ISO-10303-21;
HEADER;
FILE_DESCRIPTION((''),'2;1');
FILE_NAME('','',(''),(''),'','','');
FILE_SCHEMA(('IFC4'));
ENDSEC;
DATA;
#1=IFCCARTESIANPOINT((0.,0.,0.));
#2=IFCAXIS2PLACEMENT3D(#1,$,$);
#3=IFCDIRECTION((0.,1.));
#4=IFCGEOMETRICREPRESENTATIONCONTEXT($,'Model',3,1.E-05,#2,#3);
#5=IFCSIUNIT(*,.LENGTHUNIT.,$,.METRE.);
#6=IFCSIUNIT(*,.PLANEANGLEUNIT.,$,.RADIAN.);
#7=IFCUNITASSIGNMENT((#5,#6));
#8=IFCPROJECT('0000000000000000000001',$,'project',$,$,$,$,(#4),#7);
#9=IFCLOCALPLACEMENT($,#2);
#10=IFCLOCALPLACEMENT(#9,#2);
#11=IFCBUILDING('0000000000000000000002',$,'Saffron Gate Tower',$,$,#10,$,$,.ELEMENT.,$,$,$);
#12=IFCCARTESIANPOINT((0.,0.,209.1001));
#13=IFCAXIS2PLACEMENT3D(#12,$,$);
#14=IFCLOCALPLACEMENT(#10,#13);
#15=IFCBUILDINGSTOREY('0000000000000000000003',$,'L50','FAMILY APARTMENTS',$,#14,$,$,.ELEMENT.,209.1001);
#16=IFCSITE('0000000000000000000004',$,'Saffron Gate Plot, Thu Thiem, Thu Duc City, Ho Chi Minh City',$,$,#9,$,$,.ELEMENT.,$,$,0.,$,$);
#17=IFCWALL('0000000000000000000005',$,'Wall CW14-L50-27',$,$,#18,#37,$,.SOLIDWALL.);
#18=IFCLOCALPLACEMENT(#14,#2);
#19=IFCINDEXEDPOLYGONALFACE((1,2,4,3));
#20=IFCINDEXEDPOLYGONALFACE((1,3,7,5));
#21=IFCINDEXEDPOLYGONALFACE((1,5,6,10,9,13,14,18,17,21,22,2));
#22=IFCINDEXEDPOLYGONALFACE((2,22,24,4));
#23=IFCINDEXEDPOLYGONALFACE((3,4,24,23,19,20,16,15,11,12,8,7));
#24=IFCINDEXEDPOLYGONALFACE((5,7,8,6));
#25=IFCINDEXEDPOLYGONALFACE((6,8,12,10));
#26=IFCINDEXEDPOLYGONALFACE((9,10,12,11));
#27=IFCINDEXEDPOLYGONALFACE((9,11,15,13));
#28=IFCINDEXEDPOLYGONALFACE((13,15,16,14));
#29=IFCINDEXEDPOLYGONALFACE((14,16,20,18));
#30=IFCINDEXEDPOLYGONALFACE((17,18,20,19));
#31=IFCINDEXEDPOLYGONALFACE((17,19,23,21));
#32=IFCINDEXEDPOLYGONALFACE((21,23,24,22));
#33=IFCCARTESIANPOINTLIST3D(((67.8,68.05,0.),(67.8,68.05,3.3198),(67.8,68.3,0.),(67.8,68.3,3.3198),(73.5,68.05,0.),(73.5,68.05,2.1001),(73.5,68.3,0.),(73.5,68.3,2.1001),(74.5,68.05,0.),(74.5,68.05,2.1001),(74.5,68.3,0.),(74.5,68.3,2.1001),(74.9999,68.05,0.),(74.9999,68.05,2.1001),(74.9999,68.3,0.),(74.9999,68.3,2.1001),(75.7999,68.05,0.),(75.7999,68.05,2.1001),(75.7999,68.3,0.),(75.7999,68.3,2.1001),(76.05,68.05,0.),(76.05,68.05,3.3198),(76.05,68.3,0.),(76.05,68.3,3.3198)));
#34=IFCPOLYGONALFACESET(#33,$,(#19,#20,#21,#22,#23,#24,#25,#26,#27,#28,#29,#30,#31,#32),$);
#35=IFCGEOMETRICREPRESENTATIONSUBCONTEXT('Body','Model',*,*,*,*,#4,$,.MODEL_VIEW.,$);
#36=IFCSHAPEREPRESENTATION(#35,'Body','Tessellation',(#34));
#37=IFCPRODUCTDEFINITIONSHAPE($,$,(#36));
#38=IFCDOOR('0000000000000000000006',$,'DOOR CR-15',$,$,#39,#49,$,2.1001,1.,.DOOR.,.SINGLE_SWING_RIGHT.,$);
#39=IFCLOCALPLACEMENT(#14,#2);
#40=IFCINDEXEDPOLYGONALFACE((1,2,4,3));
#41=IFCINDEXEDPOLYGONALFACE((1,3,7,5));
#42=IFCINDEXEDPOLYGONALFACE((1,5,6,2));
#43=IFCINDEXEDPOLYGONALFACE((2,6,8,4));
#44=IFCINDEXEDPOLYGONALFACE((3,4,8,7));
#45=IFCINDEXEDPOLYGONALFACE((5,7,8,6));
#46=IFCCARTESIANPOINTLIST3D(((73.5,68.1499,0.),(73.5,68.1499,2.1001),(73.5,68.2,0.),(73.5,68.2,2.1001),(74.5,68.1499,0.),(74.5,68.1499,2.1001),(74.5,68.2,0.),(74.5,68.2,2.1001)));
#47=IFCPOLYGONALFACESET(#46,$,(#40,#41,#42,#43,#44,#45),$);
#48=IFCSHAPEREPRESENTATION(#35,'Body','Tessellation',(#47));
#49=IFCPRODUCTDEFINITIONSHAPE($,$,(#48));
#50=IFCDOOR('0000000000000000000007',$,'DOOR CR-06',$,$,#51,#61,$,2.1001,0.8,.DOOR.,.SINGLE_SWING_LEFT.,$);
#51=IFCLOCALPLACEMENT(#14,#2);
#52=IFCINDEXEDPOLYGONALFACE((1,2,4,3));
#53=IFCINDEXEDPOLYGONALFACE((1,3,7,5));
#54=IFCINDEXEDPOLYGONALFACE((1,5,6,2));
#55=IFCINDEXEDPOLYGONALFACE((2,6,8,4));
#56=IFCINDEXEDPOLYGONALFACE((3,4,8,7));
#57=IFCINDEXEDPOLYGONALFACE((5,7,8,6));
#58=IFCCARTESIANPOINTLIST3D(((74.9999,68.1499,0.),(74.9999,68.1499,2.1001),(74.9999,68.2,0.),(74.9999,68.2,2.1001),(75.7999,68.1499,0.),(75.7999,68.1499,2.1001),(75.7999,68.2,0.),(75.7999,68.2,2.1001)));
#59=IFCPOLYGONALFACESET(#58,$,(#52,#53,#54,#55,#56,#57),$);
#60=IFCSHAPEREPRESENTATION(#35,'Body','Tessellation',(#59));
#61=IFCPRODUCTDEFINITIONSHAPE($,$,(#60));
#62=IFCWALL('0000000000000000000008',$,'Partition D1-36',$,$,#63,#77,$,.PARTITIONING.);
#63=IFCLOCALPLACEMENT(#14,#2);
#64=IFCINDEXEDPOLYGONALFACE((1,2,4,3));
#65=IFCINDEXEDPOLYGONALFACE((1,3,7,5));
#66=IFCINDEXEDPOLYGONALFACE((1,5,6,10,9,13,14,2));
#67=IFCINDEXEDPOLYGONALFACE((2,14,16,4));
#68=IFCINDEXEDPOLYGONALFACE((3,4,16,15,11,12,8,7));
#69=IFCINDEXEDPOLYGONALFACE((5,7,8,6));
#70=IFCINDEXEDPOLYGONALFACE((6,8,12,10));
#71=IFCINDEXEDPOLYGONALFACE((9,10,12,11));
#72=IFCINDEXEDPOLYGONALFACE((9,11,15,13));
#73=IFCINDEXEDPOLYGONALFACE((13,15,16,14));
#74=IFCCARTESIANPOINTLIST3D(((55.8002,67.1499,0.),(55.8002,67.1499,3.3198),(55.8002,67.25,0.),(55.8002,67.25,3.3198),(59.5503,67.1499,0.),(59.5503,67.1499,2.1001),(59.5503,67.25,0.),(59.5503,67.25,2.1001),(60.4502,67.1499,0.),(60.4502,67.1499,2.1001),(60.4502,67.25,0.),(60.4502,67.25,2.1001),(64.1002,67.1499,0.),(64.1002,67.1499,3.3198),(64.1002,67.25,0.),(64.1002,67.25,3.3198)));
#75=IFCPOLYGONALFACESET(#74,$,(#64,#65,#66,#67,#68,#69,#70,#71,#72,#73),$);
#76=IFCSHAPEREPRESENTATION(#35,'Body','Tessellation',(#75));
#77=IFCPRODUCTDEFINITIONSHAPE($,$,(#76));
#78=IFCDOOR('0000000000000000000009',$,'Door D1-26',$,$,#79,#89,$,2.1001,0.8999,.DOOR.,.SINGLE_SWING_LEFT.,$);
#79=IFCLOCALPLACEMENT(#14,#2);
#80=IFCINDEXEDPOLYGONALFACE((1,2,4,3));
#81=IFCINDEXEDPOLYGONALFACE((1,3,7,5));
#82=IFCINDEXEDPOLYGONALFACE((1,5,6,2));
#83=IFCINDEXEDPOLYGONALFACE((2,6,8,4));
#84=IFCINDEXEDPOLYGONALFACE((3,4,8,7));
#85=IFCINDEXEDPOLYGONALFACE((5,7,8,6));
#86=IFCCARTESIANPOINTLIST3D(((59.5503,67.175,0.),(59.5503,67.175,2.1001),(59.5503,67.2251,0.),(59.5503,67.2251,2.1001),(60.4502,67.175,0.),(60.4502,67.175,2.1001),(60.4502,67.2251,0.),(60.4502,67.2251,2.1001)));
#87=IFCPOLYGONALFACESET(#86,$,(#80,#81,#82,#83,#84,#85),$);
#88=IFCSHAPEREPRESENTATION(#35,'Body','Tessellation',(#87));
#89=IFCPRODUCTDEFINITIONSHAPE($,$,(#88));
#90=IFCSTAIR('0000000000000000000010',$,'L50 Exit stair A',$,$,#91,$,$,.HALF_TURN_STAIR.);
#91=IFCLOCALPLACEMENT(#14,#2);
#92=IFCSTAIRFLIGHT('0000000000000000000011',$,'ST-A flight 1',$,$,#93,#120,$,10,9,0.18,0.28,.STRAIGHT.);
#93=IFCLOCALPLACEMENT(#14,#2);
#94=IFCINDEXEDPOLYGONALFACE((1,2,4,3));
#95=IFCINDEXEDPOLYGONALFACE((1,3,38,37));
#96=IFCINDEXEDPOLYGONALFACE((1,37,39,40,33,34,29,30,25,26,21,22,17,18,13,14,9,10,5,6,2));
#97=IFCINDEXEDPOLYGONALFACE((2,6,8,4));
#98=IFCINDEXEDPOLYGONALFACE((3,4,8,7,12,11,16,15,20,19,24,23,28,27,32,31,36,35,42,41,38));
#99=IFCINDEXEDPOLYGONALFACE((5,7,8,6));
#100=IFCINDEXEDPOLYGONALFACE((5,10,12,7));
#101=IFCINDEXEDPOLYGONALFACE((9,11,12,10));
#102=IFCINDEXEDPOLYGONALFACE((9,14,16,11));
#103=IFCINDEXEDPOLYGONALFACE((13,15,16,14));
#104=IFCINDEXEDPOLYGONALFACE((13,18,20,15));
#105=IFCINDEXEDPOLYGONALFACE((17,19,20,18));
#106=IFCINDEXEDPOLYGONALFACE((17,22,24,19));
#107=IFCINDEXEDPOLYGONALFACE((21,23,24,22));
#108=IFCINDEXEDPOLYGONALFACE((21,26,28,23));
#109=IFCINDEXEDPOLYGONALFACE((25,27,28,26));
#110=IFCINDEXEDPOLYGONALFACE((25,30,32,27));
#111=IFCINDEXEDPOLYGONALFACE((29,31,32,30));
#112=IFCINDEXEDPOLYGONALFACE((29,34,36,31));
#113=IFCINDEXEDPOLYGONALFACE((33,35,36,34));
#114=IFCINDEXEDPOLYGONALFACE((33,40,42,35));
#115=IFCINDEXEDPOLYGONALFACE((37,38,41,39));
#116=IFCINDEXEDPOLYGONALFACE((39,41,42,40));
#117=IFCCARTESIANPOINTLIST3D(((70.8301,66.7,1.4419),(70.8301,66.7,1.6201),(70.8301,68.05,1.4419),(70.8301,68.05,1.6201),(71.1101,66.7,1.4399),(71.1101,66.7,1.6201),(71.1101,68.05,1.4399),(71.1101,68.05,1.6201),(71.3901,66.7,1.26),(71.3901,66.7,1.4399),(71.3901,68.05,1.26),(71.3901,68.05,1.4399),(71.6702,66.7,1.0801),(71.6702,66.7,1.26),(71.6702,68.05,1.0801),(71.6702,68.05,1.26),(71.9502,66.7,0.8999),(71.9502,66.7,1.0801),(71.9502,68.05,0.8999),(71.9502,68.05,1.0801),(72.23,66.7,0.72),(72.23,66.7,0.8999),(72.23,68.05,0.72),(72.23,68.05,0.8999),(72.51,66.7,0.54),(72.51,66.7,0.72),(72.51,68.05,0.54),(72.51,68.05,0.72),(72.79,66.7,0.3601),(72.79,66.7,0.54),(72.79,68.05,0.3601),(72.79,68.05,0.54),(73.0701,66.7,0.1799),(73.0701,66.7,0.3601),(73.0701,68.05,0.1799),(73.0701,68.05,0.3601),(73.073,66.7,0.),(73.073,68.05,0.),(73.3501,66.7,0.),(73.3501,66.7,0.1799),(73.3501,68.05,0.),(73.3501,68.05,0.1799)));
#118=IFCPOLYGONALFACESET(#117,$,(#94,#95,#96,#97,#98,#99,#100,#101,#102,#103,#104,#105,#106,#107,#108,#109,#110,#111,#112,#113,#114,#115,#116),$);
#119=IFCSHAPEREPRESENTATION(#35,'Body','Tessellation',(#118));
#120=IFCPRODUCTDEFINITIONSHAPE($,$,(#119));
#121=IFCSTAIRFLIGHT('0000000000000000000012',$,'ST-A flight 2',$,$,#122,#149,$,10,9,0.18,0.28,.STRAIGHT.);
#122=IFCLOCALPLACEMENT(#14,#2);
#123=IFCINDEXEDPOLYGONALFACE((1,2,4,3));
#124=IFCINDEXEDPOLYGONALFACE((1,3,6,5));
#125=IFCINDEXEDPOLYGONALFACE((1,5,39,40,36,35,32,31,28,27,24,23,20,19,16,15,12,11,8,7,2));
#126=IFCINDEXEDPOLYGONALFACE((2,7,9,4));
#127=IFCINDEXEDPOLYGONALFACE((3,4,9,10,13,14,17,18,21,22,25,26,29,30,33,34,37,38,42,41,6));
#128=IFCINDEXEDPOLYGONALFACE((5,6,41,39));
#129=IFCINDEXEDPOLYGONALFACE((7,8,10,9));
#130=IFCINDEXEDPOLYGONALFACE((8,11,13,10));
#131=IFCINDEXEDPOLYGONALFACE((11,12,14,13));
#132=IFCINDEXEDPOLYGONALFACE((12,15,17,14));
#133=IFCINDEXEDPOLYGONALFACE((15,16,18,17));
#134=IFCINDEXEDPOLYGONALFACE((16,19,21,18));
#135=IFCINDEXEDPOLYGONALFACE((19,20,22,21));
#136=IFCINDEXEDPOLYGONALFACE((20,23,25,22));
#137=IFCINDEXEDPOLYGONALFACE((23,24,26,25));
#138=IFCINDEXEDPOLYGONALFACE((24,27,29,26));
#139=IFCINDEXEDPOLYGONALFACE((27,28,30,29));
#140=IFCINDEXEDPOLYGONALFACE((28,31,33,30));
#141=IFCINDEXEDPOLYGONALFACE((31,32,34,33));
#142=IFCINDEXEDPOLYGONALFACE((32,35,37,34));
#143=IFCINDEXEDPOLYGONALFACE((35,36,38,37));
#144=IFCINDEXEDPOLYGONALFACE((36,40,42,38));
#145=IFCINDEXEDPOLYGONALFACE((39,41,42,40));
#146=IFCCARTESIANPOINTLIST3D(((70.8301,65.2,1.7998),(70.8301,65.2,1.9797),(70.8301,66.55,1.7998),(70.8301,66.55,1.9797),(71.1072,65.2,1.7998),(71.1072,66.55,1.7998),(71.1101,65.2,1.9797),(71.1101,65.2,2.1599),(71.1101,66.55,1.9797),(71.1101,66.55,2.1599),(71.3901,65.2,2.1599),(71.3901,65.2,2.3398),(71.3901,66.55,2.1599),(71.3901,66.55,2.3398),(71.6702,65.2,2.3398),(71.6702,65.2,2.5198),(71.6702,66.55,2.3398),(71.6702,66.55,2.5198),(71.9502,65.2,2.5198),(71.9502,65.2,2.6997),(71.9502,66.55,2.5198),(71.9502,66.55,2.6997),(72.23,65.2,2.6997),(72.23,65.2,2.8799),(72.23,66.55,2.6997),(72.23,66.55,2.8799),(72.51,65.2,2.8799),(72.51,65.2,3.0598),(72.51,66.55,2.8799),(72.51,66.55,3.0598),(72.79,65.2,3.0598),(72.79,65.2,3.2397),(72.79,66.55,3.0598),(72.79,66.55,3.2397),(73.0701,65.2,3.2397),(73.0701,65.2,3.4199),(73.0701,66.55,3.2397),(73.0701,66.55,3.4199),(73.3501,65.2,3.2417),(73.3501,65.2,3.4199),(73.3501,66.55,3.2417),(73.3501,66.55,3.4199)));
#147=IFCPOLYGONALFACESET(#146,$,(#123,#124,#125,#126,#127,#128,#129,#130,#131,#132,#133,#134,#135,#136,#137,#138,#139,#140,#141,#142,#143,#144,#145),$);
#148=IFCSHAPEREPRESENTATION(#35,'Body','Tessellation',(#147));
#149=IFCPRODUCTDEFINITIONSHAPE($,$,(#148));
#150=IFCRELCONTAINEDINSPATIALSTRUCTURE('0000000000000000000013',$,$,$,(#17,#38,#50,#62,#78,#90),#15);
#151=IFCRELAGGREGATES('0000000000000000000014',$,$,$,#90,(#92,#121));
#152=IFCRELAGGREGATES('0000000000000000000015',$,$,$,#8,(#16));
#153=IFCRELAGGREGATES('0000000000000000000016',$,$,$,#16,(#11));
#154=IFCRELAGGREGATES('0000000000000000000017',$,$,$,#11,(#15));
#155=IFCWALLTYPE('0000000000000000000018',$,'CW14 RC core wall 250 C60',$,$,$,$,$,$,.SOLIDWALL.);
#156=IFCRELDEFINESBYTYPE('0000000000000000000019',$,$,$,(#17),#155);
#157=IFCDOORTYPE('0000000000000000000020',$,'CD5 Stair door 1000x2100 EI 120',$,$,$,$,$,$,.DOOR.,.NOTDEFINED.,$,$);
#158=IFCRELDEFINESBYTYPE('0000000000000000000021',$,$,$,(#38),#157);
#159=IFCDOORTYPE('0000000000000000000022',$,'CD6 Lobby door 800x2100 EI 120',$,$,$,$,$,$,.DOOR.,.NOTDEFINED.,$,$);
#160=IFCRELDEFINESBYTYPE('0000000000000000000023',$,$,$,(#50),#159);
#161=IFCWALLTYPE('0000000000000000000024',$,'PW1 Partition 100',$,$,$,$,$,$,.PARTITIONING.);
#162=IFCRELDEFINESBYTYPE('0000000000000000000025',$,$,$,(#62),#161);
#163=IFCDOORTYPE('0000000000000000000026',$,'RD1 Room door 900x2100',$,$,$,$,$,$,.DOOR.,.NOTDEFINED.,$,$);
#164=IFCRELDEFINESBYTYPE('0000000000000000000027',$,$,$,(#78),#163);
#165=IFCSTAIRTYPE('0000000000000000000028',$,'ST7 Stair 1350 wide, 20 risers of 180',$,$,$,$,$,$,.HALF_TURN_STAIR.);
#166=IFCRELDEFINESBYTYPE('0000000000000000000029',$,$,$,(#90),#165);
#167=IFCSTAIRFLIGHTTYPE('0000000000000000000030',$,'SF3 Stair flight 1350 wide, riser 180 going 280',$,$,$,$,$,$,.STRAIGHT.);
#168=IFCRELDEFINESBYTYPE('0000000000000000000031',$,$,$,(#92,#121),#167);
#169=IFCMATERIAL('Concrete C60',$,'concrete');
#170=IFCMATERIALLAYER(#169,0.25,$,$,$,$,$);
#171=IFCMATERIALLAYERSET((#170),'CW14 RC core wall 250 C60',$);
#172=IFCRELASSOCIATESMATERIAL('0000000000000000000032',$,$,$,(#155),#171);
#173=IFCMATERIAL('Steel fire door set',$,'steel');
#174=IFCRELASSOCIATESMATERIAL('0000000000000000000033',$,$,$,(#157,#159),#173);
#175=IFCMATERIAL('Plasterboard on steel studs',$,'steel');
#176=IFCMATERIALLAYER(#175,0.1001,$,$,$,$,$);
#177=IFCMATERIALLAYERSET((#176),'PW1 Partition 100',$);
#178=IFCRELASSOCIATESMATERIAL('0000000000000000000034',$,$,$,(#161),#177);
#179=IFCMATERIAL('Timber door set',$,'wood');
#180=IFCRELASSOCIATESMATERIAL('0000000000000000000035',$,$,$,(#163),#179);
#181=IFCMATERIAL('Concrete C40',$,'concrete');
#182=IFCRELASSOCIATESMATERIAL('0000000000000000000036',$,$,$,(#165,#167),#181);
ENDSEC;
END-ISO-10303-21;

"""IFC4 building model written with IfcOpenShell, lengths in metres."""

from ifc_helpers import new_model, si_unit, direction, frame, frame_2d, origin, place, context, subcontext, project, spatial, polyline, rectangle, outline, extrude, material, layer, layer_set, type_object, element, fill, aggregate, save


model = new_model("IFC4")

# Units and contexts
model_context = context("Model", 3, precision=1e-05, world=origin(), true_north=direction((0.0, 1.0)))
body_context = subcontext(model_context, "Body", "Model", "MODEL_VIEW")
ifc_project = project(units=[si_unit("LENGTHUNIT", "METRE"), si_unit("PLANEANGLEUNIT", "RADIAN")], contexts=[model_context])

# Site, building, storey
site_placement = place(None, origin())
site = spatial("IfcSite", under=ifc_project, at=site_placement, Name="Saffron Gate Plot, Thu Thiem, Thu Duc City, Ho Chi Minh City", CompositionType="ELEMENT", RefElevation=0.0)
building_placement = place(site_placement, origin())
building = spatial("IfcBuilding", under=site, at=building_placement, Name="Saffron Gate Tower", CompositionType="ELEMENT")
storey_placement = place(building_placement, frame((0.0, 0.0, 209.1001)))
storey = spatial("IfcBuildingStorey", under=building, at=storey_placement, Name="L50", Description="FAMILY APARTMENTS", CompositionType="ELEMENT", Elevation=209.1001)

# Wall, openings, doors
ifc_material_1 = material(Name="Concrete C60", Category="concrete")
ifc_layer_1 = layer(ifc_material_1, 0.25)
ifc_layer_set_1 = layer_set([ifc_layer_1], Name="CW14 RC core wall 250 C60")
wall_type_1 = type_object("IfcWallType", Name="CW14 RC core wall 250 C60", PredefinedType="SOLIDWALL", material=ifc_layer_set_1)
wall_1_placement = place(storey_placement, frame((67.8, 68.175, 0.0), z_axis=(0.0, 0.0, 1.0), x_axis=(1.0, 0.0, 0.0)))
wall_1 = element("IfcWall", 1, at=wall_1_placement, inside=storey, type_object=wall_type_1, Name="Wall CW14-L50-27", PredefinedType="SOLIDWALL", context=body_context, shape_type="SweptSolid", body=[
    extrude(rectangle(XDim=8.25, YDim=0.25, at=frame_2d((4.125, 0.0))), origin(), (0.0, 0.0, 1.0), 3.3198),
])
opening_1_placement = place(wall_1_placement, frame((5.7, 0.0, 0.0)))
opening_1 = element("IfcOpeningElement", 2, at=opening_1_placement, cuts=wall_1, PredefinedType="OPENING", context=body_context, shape_type="SweptSolid", body=[
    extrude(rectangle(XDim=1.0, YDim=2.1001, at=frame_2d((0.5, 1.05))), frame((0.0, 0.135, 0.0), z_axis=(0.0, -1.0, 0.0), x_axis=(1.0, 0.0, 0.0)), (0.0, 0.0, 1.0), 0.27),
])
opening_2_placement = place(wall_1_placement, frame((7.2, 0.0, 0.0)))
opening_2 = element("IfcOpeningElement", 3, at=opening_2_placement, cuts=wall_1, PredefinedType="OPENING", context=body_context, shape_type="SweptSolid", body=[
    extrude(rectangle(XDim=0.8, YDim=2.1001, at=frame_2d((0.3999, 1.05))), frame((0.0, 0.135, 0.0), z_axis=(0.0, -1.0, 0.0), x_axis=(1.0, 0.0, 0.0)), (0.0, 0.0, 1.0), 0.27),
])
ifc_material_2 = material(Name="Steel fire door set", Category="steel")
door_type_1 = type_object("IfcDoorType", Name="CD5 Stair door 1000x2100 EI 120", OperationType="NOTDEFINED", PredefinedType="DOOR", material=ifc_material_2)
door_1_placement = place(opening_1_placement, origin())
door_1 = element("IfcDoor", 4, at=door_1_placement, inside=storey, type_object=door_type_1, Name="DOOR CR-15", OperationType="SINGLE_SWING_RIGHT", OverallHeight=2.1001, OverallWidth=1.0, PredefinedType="DOOR", context=body_context, shape_type="SweptSolid", body=[
    extrude(rectangle(XDim=1.0, YDim=2.1001, at=frame_2d((0.5, 1.05))), frame((0.0, 0.0249, 0.0), z_axis=(0.0, -1.0, 0.0), x_axis=(1.0, 0.0, 0.0)), (0.0, 0.0, 1.0), 0.05),
])
fill(opening_1, door_1)
door_type_2 = type_object("IfcDoorType", Name="CD6 Lobby door 800x2100 EI 120", OperationType="NOTDEFINED", PredefinedType="DOOR", material=ifc_material_2)
door_2_placement = place(opening_2_placement, origin())
door_2 = element("IfcDoor", 5, at=door_2_placement, inside=storey, type_object=door_type_2, Name="DOOR CR-06", OperationType="SINGLE_SWING_LEFT", OverallHeight=2.1001, OverallWidth=0.8, PredefinedType="DOOR", context=body_context, shape_type="SweptSolid", body=[
    extrude(rectangle(XDim=0.8, YDim=2.1001, at=frame_2d((0.3999, 1.05))), frame((0.0, 0.0249, 0.0), z_axis=(0.0, -1.0, 0.0), x_axis=(1.0, 0.0, 0.0)), (0.0, 0.0, 1.0), 0.05),
])
fill(opening_2, door_2)

# Wall, opening, door
ifc_material_3 = material(Name="Plasterboard on steel studs", Category="steel")
ifc_layer_2 = layer(ifc_material_3, 0.1001)
ifc_layer_set_2 = layer_set([ifc_layer_2], Name="PW1 Partition 100")
wall_type_2 = type_object("IfcWallType", Name="PW1 Partition 100", PredefinedType="PARTITIONING", material=ifc_layer_set_2)
wall_2_placement = place(storey_placement, frame((64.1001, 67.2, 0.0), z_axis=(0.0, 0.0, 1.0), x_axis=(-1.0, 0.0, 0.0)))
wall_2 = element("IfcWall", 6, at=wall_2_placement, inside=storey, type_object=wall_type_2, Name="Partition D1-36", PredefinedType="PARTITIONING", context=body_context, shape_type="SweptSolid", body=[
    extrude(rectangle(XDim=8.3, YDim=0.1001, at=frame_2d((4.1499, 0.0))), origin(), (0.0, 0.0, 1.0), 3.3198),
])
opening_3_placement = place(wall_2_placement, frame((3.6499, 0.0, 0.0)))
opening_3 = element("IfcOpeningElement", 7, at=opening_3_placement, cuts=wall_2, PredefinedType="OPENING", context=body_context, shape_type="SweptSolid", body=[
    extrude(rectangle(XDim=0.8999, YDim=2.1001, at=frame_2d((0.45, 1.05))), frame((0.0, 0.0601, 0.0), z_axis=(0.0, -1.0, 0.0), x_axis=(1.0, 0.0, 0.0)), (0.0, 0.0, 1.0), 0.1201),
])
ifc_material_4 = material(Name="Timber door set", Category="wood")
door_type_3 = type_object("IfcDoorType", Name="RD1 Room door 900x2100", OperationType="NOTDEFINED", PredefinedType="DOOR", material=ifc_material_4)
door_3_placement = place(opening_3_placement, origin())
door_3 = element("IfcDoor", 8, at=door_3_placement, inside=storey, type_object=door_type_3, Name="Door D1-26", OperationType="SINGLE_SWING_LEFT", OverallHeight=2.1001, OverallWidth=0.8999, PredefinedType="DOOR", context=body_context, shape_type="SweptSolid", body=[
    extrude(rectangle(XDim=0.8999, YDim=2.1001, at=frame_2d((0.45, 1.05))), frame((0.0, 0.0249, 0.0), z_axis=(0.0, -1.0, 0.0), x_axis=(1.0, 0.0, 0.0)), (0.0, 0.0, 1.0), 0.05),
])
fill(opening_3, door_3)

# Stair, stair flights
ifc_material_5 = material(Name="Concrete C40", Category="concrete")
stair_type = type_object("IfcStairType", Name="ST7 Stair 1350 wide, 20 risers of 180", PredefinedType="HALF_TURN_STAIR", material=ifc_material_5)
stair_placement = place(storey_placement, origin())
stair = element("IfcStair", 9, at=stair_placement, inside=storey, type_object=stair_type, Name="L50 Exit stair A", PredefinedType="HALF_TURN_STAIR")
stair_flight_type = type_object("IfcStairFlightType", Name="SF3 Stair flight 1350 wide, riser 180 going 280", PredefinedType="STRAIGHT", material=ifc_material_5)
stair_flight_1_placement = place(storey_placement, frame((73.3501, 67.375, 0.0), z_axis=(0.0, 0.0, 1.0), x_axis=(-1.0, 0.0, 0.0)))
stair_flight_1 = element("IfcStairFlight", 10, at=stair_flight_1_placement, type_object=stair_flight_type, Name="ST-A flight 1", NumberOfRisers=10, NumberOfTreads=9, PredefinedType="STRAIGHT", RiserHeight=0.18, TreadLength=0.28, context=body_context, shape_type="SweptSolid", body=[
    extrude(outline(polyline([(0.0, 0.0), (0.0, 0.1799), (0.28, 0.1799), (0.28, 0.3601), (0.5601, 0.3601), (0.5601, 0.54), (0.8401, 0.54), (0.8401, 0.72), (1.1201, 0.72), (1.1201, 0.8999), (1.3999, 0.8999), (1.3999, 1.0801), (1.6799, 1.0801), (1.6799, 1.26), (1.96, 1.26), (1.96, 1.4399), (2.24, 1.4399), (2.24, 1.6201), (2.52, 1.6201), (2.52, 1.8), (2.52, 1.4419), (0.2771, 0.0), (0.0, 0.0)])), frame((0.0, 0.675, 0.0), z_axis=(0.0, -1.0, 0.0), x_axis=(1.0, 0.0, 0.0)), (0.0, 0.0, 1.0), 1.3501),
])
stair_flight_2_placement = place(storey_placement, frame((70.8301, 65.875, 1.7998), z_axis=(0.0, 0.0, 1.0), x_axis=(1.0, 0.0, 0.0)))
stair_flight_2 = element("IfcStairFlight", 11, at=stair_flight_2_placement, type_object=stair_flight_type, Name="ST-A flight 2", NumberOfRisers=10, NumberOfTreads=9, PredefinedType="STRAIGHT", RiserHeight=0.18, TreadLength=0.28, context=body_context, shape_type="SweptSolid", body=[
    extrude(outline(polyline([(0.0, 0.0), (0.0, 0.1799), (0.28, 0.1799), (0.28, 0.3601), (0.5601, 0.3601), (0.5601, 0.54), (0.8401, 0.54), (0.8401, 0.72), (1.1201, 0.72), (1.1201, 0.8999), (1.3999, 0.8999), (1.3999, 1.0801), (1.6799, 1.0801), (1.6799, 1.26), (1.96, 1.26), (1.96, 1.4399), (2.24, 1.4399), (2.24, 1.6201), (2.52, 1.6201), (2.52, 1.8), (2.52, 1.4419), (0.2771, 0.0), (0.0, 0.0)])), frame((0.0, 0.675, 0.0), z_axis=(0.0, -1.0, 0.0), x_axis=(1.0, 0.0, 0.0)), (0.0, 0.0, 1.0), 1.3501),
])
aggregate(stair, [stair_flight_1, stair_flight_2])

save(model, "model.ifc")
